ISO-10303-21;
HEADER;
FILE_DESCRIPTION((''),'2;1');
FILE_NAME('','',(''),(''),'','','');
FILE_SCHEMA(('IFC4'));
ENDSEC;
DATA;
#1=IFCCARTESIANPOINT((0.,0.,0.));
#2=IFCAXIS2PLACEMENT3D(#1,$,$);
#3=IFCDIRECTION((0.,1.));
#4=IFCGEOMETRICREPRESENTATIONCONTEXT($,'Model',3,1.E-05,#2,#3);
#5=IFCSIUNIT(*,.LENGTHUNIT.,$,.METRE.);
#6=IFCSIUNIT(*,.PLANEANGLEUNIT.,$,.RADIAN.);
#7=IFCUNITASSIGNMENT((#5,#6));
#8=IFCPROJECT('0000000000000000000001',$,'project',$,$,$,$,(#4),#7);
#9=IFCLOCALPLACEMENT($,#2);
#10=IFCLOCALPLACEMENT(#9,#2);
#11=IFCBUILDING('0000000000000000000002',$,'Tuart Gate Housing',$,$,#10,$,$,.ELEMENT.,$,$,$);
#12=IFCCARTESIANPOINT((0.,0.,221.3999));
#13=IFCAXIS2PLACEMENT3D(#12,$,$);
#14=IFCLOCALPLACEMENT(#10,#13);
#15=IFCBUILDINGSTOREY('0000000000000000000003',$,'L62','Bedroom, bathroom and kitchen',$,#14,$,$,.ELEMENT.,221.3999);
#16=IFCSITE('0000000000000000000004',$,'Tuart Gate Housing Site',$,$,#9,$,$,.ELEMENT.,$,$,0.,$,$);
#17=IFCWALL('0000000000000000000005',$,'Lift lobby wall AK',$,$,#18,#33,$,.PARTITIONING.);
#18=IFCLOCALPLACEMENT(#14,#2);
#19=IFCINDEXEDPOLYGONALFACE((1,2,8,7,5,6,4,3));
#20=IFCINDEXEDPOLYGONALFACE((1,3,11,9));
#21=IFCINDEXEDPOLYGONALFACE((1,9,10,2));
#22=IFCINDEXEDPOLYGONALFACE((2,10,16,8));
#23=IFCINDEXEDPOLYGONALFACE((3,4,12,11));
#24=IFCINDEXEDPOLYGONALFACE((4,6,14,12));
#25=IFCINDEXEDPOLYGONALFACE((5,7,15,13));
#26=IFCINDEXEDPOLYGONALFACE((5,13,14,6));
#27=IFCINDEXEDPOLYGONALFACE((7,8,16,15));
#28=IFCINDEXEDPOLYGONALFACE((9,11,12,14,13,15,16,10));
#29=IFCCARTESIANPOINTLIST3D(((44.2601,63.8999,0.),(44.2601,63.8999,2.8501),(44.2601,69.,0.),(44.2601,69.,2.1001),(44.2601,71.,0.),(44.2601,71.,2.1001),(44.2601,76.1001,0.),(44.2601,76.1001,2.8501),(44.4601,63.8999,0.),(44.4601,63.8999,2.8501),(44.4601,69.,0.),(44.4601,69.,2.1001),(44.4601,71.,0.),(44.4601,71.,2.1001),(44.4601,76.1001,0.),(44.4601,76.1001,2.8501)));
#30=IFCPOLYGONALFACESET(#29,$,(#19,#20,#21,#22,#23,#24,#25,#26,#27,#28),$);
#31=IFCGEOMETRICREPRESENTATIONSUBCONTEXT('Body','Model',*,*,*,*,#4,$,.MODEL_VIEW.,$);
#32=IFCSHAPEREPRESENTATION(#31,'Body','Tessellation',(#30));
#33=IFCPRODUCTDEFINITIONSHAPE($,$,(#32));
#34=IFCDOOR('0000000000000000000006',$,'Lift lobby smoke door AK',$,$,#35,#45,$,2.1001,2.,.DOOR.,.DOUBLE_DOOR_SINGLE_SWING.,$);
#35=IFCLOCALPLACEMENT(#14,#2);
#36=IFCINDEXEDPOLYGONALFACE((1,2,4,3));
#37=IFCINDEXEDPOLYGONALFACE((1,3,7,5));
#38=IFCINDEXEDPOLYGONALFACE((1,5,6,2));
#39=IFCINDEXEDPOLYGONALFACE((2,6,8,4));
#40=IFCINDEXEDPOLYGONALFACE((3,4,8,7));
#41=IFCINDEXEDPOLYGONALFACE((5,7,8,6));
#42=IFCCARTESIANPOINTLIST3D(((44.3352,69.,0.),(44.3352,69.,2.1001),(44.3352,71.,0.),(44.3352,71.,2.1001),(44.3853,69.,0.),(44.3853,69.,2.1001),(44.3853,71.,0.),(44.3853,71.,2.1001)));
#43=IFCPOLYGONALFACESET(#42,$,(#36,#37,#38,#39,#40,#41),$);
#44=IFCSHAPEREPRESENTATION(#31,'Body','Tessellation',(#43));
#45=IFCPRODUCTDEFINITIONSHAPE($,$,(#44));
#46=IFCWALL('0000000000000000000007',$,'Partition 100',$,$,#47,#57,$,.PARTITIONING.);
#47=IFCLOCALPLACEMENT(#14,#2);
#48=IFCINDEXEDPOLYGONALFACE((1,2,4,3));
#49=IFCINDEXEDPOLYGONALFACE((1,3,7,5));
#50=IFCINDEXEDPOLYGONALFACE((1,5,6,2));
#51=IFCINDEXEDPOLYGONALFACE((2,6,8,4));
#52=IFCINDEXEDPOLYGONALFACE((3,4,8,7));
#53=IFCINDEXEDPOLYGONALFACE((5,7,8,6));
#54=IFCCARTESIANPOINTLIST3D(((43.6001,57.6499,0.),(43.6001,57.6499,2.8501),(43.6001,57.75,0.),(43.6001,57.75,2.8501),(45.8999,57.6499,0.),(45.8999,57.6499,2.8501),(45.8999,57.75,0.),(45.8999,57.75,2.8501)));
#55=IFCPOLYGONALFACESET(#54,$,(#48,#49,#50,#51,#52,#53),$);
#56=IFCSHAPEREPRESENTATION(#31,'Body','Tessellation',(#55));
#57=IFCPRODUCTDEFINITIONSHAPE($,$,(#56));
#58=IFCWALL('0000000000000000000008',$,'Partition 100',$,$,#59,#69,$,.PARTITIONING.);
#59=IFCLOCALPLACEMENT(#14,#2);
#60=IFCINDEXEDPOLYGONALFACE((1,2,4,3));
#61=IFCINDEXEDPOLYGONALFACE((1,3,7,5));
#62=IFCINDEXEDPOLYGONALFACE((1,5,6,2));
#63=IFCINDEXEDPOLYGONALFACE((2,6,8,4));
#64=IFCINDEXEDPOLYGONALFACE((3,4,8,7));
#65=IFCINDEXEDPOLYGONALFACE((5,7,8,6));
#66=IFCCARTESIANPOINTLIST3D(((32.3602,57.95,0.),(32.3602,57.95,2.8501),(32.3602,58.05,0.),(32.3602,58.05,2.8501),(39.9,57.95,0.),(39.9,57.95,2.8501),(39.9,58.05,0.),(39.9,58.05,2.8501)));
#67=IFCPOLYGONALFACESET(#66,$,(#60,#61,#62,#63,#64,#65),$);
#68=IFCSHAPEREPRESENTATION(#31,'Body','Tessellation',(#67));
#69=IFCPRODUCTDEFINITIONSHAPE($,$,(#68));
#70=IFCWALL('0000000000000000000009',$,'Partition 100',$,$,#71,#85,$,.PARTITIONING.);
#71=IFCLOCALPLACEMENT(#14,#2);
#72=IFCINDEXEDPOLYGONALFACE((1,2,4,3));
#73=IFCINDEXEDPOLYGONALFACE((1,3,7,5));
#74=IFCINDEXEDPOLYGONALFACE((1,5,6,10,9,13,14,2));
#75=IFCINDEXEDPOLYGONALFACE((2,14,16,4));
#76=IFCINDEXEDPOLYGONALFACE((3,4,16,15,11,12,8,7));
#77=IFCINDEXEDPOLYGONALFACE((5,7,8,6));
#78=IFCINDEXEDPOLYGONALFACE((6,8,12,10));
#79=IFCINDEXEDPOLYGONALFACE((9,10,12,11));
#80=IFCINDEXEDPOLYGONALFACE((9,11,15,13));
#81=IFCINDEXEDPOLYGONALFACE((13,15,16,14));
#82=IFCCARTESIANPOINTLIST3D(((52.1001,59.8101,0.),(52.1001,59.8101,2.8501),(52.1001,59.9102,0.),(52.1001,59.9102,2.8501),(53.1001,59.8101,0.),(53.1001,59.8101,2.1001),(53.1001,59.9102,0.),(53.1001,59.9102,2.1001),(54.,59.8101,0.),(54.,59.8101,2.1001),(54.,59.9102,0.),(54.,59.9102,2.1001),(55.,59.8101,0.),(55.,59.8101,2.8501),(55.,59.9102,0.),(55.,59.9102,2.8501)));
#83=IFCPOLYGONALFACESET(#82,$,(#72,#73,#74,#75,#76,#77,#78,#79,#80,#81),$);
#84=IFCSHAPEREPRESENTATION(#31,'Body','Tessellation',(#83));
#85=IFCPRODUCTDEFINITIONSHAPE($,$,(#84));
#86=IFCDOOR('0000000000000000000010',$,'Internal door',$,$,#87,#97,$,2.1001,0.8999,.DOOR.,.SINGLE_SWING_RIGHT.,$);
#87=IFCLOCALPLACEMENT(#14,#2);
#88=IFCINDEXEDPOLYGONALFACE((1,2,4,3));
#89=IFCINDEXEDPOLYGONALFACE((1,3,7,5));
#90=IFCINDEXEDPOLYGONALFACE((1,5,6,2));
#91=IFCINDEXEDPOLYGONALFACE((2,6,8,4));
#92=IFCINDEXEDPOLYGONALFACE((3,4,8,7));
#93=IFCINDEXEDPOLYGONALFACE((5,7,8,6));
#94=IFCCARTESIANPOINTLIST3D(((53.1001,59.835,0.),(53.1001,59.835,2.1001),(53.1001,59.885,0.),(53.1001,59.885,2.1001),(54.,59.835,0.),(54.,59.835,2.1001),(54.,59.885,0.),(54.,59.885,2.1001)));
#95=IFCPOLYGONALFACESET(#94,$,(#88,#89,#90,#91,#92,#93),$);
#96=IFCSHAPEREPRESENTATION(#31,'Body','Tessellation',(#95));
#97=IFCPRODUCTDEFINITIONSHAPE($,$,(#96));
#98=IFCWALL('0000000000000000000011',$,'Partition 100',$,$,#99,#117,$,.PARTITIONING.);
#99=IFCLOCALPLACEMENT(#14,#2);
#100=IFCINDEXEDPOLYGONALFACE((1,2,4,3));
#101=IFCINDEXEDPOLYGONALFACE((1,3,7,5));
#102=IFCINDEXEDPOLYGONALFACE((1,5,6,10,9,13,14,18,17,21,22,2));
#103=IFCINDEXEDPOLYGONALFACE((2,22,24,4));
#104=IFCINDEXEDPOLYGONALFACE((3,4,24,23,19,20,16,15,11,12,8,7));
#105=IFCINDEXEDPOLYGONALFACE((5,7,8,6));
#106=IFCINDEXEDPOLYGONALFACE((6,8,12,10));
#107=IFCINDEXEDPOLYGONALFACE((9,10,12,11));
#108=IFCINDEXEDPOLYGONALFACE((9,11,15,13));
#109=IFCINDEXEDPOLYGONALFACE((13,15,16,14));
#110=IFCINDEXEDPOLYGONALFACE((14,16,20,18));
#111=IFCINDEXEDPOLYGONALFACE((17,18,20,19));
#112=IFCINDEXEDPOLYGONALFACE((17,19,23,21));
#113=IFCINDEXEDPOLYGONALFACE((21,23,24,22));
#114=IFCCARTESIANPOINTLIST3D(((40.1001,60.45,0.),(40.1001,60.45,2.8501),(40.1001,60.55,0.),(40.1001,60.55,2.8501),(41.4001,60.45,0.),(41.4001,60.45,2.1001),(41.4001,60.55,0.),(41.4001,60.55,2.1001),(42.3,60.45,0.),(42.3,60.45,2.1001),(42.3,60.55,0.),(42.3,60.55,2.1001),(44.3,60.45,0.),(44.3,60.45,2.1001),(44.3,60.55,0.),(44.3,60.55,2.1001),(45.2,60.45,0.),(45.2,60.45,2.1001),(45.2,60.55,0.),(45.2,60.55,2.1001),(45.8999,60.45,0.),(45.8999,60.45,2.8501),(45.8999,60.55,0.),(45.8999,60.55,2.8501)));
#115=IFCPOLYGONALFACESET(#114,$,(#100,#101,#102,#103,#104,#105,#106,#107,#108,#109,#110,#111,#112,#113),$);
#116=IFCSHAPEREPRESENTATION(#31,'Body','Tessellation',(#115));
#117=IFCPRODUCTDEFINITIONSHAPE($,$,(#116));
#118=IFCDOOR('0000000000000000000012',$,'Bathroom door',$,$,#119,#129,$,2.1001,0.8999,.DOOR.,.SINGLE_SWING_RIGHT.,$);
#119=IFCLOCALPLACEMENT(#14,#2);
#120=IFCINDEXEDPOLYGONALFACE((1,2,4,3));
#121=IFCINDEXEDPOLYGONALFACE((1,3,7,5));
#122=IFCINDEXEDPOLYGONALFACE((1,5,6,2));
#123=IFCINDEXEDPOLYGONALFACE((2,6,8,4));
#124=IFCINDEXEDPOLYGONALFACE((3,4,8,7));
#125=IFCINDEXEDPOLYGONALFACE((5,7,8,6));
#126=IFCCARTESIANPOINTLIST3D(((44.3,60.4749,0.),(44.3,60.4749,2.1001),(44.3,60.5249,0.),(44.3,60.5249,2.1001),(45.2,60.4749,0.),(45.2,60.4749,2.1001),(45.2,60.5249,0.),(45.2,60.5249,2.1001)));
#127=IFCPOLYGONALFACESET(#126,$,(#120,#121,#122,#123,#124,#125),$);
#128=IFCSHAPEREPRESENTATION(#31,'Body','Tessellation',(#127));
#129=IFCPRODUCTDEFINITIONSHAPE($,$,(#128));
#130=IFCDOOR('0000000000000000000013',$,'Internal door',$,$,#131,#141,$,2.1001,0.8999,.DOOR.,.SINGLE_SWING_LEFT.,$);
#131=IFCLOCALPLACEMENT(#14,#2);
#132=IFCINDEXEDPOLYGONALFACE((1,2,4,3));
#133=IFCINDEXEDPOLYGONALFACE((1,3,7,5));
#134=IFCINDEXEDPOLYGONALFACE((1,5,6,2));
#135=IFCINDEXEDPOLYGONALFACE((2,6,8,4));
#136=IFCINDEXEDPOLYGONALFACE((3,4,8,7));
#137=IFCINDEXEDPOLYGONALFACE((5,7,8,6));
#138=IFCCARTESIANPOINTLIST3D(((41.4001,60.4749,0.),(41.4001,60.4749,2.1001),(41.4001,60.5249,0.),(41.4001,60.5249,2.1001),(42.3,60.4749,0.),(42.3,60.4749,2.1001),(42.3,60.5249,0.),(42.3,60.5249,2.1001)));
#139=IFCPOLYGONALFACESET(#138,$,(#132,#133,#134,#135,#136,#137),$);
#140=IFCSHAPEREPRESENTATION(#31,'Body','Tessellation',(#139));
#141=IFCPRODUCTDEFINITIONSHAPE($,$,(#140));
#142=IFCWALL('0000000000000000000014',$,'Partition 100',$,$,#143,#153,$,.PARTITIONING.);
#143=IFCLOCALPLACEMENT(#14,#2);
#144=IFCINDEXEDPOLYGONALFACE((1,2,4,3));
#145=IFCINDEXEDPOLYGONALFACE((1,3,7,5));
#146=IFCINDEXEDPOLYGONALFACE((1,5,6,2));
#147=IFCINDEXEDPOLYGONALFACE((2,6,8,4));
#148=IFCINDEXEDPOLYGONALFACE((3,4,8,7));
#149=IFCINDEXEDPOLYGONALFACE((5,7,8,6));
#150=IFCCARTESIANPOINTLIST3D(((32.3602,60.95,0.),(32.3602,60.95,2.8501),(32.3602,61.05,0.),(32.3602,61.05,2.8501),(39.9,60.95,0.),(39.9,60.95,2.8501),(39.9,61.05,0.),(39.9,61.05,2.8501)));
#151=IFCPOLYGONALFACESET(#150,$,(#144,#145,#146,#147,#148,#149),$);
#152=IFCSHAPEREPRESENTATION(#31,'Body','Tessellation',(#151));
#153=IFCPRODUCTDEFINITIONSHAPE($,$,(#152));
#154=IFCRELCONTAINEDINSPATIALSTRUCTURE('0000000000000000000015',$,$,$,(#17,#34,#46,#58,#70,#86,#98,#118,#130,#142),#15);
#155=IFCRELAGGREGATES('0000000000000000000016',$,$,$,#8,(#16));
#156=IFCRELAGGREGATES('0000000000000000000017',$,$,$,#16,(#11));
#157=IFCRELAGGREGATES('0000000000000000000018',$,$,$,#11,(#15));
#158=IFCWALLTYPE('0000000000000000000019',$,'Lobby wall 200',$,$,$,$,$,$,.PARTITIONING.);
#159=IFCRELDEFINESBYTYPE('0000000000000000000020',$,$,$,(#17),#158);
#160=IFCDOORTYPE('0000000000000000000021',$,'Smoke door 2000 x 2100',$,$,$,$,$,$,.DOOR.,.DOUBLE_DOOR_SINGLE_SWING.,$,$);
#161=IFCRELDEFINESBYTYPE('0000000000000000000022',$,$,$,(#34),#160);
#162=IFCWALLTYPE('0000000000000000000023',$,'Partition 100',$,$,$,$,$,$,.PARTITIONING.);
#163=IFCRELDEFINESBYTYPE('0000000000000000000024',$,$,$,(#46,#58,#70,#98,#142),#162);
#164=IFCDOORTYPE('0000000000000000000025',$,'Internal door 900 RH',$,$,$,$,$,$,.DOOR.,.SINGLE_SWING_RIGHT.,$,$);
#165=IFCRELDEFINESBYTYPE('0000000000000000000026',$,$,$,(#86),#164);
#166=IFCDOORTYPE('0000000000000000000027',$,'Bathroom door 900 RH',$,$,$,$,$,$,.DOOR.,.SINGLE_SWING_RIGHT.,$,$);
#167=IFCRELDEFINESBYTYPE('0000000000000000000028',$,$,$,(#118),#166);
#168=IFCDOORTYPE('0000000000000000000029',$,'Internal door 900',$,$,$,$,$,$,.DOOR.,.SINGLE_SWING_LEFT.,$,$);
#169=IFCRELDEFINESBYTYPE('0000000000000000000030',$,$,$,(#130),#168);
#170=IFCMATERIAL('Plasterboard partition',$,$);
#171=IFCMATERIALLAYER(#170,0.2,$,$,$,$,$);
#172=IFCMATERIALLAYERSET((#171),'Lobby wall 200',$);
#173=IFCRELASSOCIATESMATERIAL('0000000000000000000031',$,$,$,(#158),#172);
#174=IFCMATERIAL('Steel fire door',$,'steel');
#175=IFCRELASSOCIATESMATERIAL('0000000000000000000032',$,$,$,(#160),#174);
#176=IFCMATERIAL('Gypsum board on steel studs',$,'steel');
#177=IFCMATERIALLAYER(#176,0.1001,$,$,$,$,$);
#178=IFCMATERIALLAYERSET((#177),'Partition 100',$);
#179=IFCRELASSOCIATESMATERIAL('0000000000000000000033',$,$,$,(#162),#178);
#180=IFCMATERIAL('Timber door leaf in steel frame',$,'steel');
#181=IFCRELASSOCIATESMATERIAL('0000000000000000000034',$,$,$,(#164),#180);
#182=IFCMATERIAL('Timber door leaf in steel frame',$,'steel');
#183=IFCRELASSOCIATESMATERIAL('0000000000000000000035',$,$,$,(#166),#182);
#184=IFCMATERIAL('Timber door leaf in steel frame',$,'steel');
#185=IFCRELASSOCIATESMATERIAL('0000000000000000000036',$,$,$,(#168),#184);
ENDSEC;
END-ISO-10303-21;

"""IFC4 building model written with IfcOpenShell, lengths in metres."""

from ifc_helpers import new_model, si_unit, direction, frame, frame_2d, origin, place, context, subcontext, project, spatial, rectangle, extrude, material, layer, layer_set, type_object, element, fill, save


model = new_model("IFC4")

# Units and contexts
model_context = context("Model", 3, precision=1e-05, world=origin(), true_north=direction((0.0, 1.0)))
body_context = subcontext(model_context, "Body", "Model", "MODEL_VIEW")
ifc_project = project(units=[si_unit("LENGTHUNIT", "METRE"), si_unit("PLANEANGLEUNIT", "RADIAN")], contexts=[model_context])

# Site, building, storey
site_placement = place(None, origin())
site = spatial("IfcSite", under=ifc_project, at=site_placement, Name="Tuart Gate Housing Site", CompositionType="ELEMENT", RefElevation=0.0)
building_placement = place(site_placement, origin())
building = spatial("IfcBuilding", under=site, at=building_placement, Name="Tuart Gate Housing", CompositionType="ELEMENT")
storey_placement = place(building_placement, frame((0.0, 0.0, 221.3999)))
storey = spatial("IfcBuildingStorey", under=building, at=storey_placement, Name="L62", Description="Bedroom, bathroom and kitchen", CompositionType="ELEMENT", Elevation=221.3999)

# Wall, opening, door
ifc_material_1 = material(Name="Plasterboard partition")
ifc_layer_1 = layer(ifc_material_1, 0.2)
ifc_layer_set_1 = layer_set([ifc_layer_1], Name="Lobby wall 200")
wall_type_1 = type_object("IfcWallType", Name="Lobby wall 200", PredefinedType="PARTITIONING", material=ifc_layer_set_1)
ifc_material_2 = material(Name="Steel fire door", Category="steel")
door_type_1 = type_object("IfcDoorType", Name="Smoke door 2000 x 2100", OperationType="DOUBLE_DOOR_SINGLE_SWING", PredefinedType="DOOR", material=ifc_material_2)
wall_1_placement = place(storey_placement, frame((44.3601, 63.8999, 0.0), z_axis=(0.0, 0.0, 1.0), x_axis=(0.0, 1.0, 0.0)))
wall_1 = element("IfcWall", 1, at=wall_1_placement, inside=storey, type_object=wall_type_1, Name="Lift lobby wall AK", PredefinedType="PARTITIONING", context=body_context, shape_type="SweptSolid", body=[
    extrude(rectangle(XDim=12.2002, YDim=0.2, at=frame_2d((6.1001, 0.0))), origin(), (0.0, 0.0, 1.0), 2.8501),
])
opening_1_placement = place(wall_1_placement, frame((5.1001, 0.0, 0.0)))
opening_1 = element("IfcOpeningElement", 2, at=opening_1_placement, cuts=wall_1, PredefinedType="OPENING", context=body_context, shape_type="SweptSolid", body=[
    extrude(rectangle(XDim=2.0, YDim=2.1001, at=frame_2d((1.0, 1.05))), frame((0.0, 0.1099, 0.0), z_axis=(0.0, -1.0, 0.0), x_axis=(1.0, 0.0, 0.0)), (0.0, 0.0, 1.0), 0.22),
])
door_1_placement = place(opening_1_placement, origin())
door_1 = element("IfcDoor", 3, at=door_1_placement, inside=storey, type_object=door_type_1, Name="Lift lobby smoke door AK", OperationType="DOUBLE_DOOR_SINGLE_SWING", OverallHeight=2.1001, OverallWidth=2.0, PredefinedType="DOOR", context=body_context, shape_type="SweptSolid", body=[
    extrude(rectangle(XDim=2.0, YDim=2.1001, at=frame_2d((1.0, 1.05))), frame((0.0, 0.0249, 0.0), z_axis=(0.0, -1.0, 0.0), x_axis=(1.0, 0.0, 0.0)), (0.0, 0.0, 1.0), 0.05),
])
fill(opening_1, door_1)

# Walls
ifc_material_3 = material(Name="Gypsum board on steel studs", Category="steel")
ifc_layer_2 = layer(ifc_material_3, 0.1001)
ifc_layer_set_2 = layer_set([ifc_layer_2], Name="Partition 100")
wall_type_2 = type_object("IfcWallType", Name="Partition 100", PredefinedType="PARTITIONING", material=ifc_layer_set_2)
wall_2_placement = place(storey_placement, frame((43.6001, 57.7, 0.0), z_axis=(0.0, 0.0, 1.0), x_axis=(1.0, 0.0, 0.0)))
element("IfcWall", 4, at=wall_2_placement, inside=storey, type_object=wall_type_2, Name="Partition 100", PredefinedType="PARTITIONING", context=body_context, shape_type="SweptSolid", body=[
    extrude(rectangle(XDim=2.2998, YDim=0.1001, at=frame_2d((1.1499, 0.0))), origin(), (0.0, 0.0, 1.0), 2.8501),
])
wall_3_placement = place(storey_placement, frame((32.3601, 58.0, 0.0), z_axis=(0.0, 0.0, 1.0), x_axis=(1.0, 0.0, 0.0)))
element("IfcWall", 5, at=wall_3_placement, inside=storey, type_object=wall_type_2, Name="Partition 100", PredefinedType="PARTITIONING", context=body_context, shape_type="SweptSolid", body=[
    extrude(rectangle(XDim=7.5398, YDim=0.1001, at=frame_2d((3.77, 0.0))), origin(), (0.0, 0.0, 1.0), 2.8501),
])

# Wall, opening, door
wall_4_placement = place(storey_placement, frame((52.1001, 59.8601, 0.0), z_axis=(0.0, 0.0, 1.0), x_axis=(1.0, 0.0, 0.0)))
wall_4 = element("IfcWall", 6, at=wall_4_placement, inside=storey, type_object=wall_type_2, Name="Partition 100", PredefinedType="PARTITIONING", context=body_context, shape_type="SweptSolid", body=[
    extrude(rectangle(XDim=2.8999, YDim=0.1001, at=frame_2d((1.45, 0.0))), origin(), (0.0, 0.0, 1.0), 2.8501),
])
opening_2_placement = place(wall_4_placement, frame((1.0, 0.0, 0.0)))
opening_2 = element("IfcOpeningElement", 7, at=opening_2_placement, cuts=wall_4, PredefinedType="OPENING", context=body_context, shape_type="SweptSolid", body=[
    extrude(rectangle(XDim=0.8999, YDim=2.1001, at=frame_2d((0.45, 1.05))), frame((0.0, 0.0601, 0.0), z_axis=(0.0, -1.0, 0.0), x_axis=(1.0, 0.0, 0.0)), (0.0, 0.0, 1.0), 0.1201),
])
ifc_material_4 = material(Name="Timber door leaf in steel frame", Category="steel")
door_type_2 = type_object("IfcDoorType", Name="Internal door 900 RH", OperationType="SINGLE_SWING_RIGHT", PredefinedType="DOOR", material=ifc_material_4)
door_2_placement = place(opening_2_placement, origin())
door_2 = element("IfcDoor", 8, at=door_2_placement, inside=storey, type_object=door_type_2, Name="Internal door", OperationType="SINGLE_SWING_RIGHT", OverallHeight=2.1001, OverallWidth=0.8999, PredefinedType="DOOR", context=body_context, shape_type="SweptSolid", body=[
    extrude(rectangle(XDim=0.8999, YDim=2.1001, at=frame_2d((0.45, 1.05))), frame((0.0, 0.0249, 0.0), z_axis=(0.0, -1.0, 0.0), x_axis=(1.0, 0.0, 0.0)), (0.0, 0.0, 1.0), 0.05),
])
fill(opening_2, door_2)

# Wall, openings, doors
wall_5_placement = place(storey_placement, frame((40.1001, 60.5, 0.0), z_axis=(0.0, 0.0, 1.0), x_axis=(1.0, 0.0, 0.0)))
wall_5 = element("IfcWall", 9, at=wall_5_placement, inside=storey, type_object=wall_type_2, Name="Partition 100", PredefinedType="PARTITIONING", context=body_context, shape_type="SweptSolid", body=[
    extrude(rectangle(XDim=5.7998, YDim=0.1001, at=frame_2d((2.8999, 0.0))), origin(), (0.0, 0.0, 1.0), 2.8501),
])
opening_3_placement = place(wall_5_placement, frame((1.3, 0.0, 0.0)))
opening_3 = element("IfcOpeningElement", 10, at=opening_3_placement, cuts=wall_5, PredefinedType="OPENING", context=body_context, shape_type="SweptSolid", body=[
    extrude(rectangle(XDim=0.8999, YDim=2.1001, at=frame_2d((0.45, 1.05))), frame((0.0, 0.0601, 0.0), z_axis=(0.0, -1.0, 0.0), x_axis=(1.0, 0.0, 0.0)), (0.0, 0.0, 1.0), 0.1201),
])
opening_4_placement = place(wall_5_placement, frame((4.2, 0.0, 0.0)))
opening_4 = element("IfcOpeningElement", 11, at=opening_4_placement, cuts=wall_5, PredefinedType="OPENING", context=body_context, shape_type="SweptSolid", body=[
    extrude(rectangle(XDim=0.8999, YDim=2.1001, at=frame_2d((0.45, 1.05))), frame((0.0, 0.0601, 0.0), z_axis=(0.0, -1.0, 0.0), x_axis=(1.0, 0.0, 0.0)), (0.0, 0.0, 1.0), 0.1201),
])
ifc_material_5 = material(Name="Timber door leaf in steel frame", Category="steel")
door_type_3 = type_object("IfcDoorType", Name="Bathroom door 900 RH", OperationType="SINGLE_SWING_RIGHT", PredefinedType="DOOR", material=ifc_material_5)
door_3_placement = place(opening_4_placement, frame((0.8999, 0.0, 0.0), z_axis=(0.0, 0.0, 1.0), x_axis=(-1.0, 0.0, 0.0)))
door_3 = element("IfcDoor", 12, at=door_3_placement, inside=storey, type_object=door_type_3, Name="Bathroom door", OperationType="SINGLE_SWING_RIGHT", OverallHeight=2.1001, OverallWidth=0.8999, PredefinedType="DOOR", context=body_context, shape_type="SweptSolid", body=[
    extrude(rectangle(XDim=0.8999, YDim=2.1001, at=frame_2d((0.45, 1.05))), frame((0.0, 0.0251, 0.0), z_axis=(0.0, -1.0, 0.0), x_axis=(1.0, 0.0, 0.0)), (0.0, 0.0, 1.0), 0.05),
])
fill(opening_4, door_3)
ifc_material_6 = material(Name="Timber door leaf in steel frame", Category="steel")
door_type_4 = type_object("IfcDoorType", Name="Internal door 900", OperationType="SINGLE_SWING_LEFT", PredefinedType="DOOR", material=ifc_material_6)
door_4_placement = place(opening_3_placement, origin())
door_4 = element("IfcDoor", 13, at=door_4_placement, inside=storey, type_object=door_type_4, Name="Internal door", OperationType="SINGLE_SWING_LEFT", OverallHeight=2.1001, OverallWidth=0.8999, PredefinedType="DOOR", context=body_context, shape_type="SweptSolid", body=[
    extrude(rectangle(XDim=0.8999, YDim=2.1001, at=frame_2d((0.45, 1.05))), frame((0.0, 0.0249, 0.0), z_axis=(0.0, -1.0, 0.0), x_axis=(1.0, 0.0, 0.0)), (0.0, 0.0, 1.0), 0.05),
])
fill(opening_3, door_4)

# Wall
wall_6_placement = place(storey_placement, frame((32.3601, 61.0, 0.0), z_axis=(0.0, 0.0, 1.0), x_axis=(1.0, 0.0, 0.0)))
element("IfcWall", 14, at=wall_6_placement, inside=storey, type_object=wall_type_2, Name="Partition 100", PredefinedType="PARTITIONING", context=body_context, shape_type="SweptSolid", body=[
    extrude(rectangle(XDim=7.5398, YDim=0.1001, at=frame_2d((3.77, 0.0))), origin(), (0.0, 0.0, 1.0), 2.8501),
])

save(model, "model.ifc")
